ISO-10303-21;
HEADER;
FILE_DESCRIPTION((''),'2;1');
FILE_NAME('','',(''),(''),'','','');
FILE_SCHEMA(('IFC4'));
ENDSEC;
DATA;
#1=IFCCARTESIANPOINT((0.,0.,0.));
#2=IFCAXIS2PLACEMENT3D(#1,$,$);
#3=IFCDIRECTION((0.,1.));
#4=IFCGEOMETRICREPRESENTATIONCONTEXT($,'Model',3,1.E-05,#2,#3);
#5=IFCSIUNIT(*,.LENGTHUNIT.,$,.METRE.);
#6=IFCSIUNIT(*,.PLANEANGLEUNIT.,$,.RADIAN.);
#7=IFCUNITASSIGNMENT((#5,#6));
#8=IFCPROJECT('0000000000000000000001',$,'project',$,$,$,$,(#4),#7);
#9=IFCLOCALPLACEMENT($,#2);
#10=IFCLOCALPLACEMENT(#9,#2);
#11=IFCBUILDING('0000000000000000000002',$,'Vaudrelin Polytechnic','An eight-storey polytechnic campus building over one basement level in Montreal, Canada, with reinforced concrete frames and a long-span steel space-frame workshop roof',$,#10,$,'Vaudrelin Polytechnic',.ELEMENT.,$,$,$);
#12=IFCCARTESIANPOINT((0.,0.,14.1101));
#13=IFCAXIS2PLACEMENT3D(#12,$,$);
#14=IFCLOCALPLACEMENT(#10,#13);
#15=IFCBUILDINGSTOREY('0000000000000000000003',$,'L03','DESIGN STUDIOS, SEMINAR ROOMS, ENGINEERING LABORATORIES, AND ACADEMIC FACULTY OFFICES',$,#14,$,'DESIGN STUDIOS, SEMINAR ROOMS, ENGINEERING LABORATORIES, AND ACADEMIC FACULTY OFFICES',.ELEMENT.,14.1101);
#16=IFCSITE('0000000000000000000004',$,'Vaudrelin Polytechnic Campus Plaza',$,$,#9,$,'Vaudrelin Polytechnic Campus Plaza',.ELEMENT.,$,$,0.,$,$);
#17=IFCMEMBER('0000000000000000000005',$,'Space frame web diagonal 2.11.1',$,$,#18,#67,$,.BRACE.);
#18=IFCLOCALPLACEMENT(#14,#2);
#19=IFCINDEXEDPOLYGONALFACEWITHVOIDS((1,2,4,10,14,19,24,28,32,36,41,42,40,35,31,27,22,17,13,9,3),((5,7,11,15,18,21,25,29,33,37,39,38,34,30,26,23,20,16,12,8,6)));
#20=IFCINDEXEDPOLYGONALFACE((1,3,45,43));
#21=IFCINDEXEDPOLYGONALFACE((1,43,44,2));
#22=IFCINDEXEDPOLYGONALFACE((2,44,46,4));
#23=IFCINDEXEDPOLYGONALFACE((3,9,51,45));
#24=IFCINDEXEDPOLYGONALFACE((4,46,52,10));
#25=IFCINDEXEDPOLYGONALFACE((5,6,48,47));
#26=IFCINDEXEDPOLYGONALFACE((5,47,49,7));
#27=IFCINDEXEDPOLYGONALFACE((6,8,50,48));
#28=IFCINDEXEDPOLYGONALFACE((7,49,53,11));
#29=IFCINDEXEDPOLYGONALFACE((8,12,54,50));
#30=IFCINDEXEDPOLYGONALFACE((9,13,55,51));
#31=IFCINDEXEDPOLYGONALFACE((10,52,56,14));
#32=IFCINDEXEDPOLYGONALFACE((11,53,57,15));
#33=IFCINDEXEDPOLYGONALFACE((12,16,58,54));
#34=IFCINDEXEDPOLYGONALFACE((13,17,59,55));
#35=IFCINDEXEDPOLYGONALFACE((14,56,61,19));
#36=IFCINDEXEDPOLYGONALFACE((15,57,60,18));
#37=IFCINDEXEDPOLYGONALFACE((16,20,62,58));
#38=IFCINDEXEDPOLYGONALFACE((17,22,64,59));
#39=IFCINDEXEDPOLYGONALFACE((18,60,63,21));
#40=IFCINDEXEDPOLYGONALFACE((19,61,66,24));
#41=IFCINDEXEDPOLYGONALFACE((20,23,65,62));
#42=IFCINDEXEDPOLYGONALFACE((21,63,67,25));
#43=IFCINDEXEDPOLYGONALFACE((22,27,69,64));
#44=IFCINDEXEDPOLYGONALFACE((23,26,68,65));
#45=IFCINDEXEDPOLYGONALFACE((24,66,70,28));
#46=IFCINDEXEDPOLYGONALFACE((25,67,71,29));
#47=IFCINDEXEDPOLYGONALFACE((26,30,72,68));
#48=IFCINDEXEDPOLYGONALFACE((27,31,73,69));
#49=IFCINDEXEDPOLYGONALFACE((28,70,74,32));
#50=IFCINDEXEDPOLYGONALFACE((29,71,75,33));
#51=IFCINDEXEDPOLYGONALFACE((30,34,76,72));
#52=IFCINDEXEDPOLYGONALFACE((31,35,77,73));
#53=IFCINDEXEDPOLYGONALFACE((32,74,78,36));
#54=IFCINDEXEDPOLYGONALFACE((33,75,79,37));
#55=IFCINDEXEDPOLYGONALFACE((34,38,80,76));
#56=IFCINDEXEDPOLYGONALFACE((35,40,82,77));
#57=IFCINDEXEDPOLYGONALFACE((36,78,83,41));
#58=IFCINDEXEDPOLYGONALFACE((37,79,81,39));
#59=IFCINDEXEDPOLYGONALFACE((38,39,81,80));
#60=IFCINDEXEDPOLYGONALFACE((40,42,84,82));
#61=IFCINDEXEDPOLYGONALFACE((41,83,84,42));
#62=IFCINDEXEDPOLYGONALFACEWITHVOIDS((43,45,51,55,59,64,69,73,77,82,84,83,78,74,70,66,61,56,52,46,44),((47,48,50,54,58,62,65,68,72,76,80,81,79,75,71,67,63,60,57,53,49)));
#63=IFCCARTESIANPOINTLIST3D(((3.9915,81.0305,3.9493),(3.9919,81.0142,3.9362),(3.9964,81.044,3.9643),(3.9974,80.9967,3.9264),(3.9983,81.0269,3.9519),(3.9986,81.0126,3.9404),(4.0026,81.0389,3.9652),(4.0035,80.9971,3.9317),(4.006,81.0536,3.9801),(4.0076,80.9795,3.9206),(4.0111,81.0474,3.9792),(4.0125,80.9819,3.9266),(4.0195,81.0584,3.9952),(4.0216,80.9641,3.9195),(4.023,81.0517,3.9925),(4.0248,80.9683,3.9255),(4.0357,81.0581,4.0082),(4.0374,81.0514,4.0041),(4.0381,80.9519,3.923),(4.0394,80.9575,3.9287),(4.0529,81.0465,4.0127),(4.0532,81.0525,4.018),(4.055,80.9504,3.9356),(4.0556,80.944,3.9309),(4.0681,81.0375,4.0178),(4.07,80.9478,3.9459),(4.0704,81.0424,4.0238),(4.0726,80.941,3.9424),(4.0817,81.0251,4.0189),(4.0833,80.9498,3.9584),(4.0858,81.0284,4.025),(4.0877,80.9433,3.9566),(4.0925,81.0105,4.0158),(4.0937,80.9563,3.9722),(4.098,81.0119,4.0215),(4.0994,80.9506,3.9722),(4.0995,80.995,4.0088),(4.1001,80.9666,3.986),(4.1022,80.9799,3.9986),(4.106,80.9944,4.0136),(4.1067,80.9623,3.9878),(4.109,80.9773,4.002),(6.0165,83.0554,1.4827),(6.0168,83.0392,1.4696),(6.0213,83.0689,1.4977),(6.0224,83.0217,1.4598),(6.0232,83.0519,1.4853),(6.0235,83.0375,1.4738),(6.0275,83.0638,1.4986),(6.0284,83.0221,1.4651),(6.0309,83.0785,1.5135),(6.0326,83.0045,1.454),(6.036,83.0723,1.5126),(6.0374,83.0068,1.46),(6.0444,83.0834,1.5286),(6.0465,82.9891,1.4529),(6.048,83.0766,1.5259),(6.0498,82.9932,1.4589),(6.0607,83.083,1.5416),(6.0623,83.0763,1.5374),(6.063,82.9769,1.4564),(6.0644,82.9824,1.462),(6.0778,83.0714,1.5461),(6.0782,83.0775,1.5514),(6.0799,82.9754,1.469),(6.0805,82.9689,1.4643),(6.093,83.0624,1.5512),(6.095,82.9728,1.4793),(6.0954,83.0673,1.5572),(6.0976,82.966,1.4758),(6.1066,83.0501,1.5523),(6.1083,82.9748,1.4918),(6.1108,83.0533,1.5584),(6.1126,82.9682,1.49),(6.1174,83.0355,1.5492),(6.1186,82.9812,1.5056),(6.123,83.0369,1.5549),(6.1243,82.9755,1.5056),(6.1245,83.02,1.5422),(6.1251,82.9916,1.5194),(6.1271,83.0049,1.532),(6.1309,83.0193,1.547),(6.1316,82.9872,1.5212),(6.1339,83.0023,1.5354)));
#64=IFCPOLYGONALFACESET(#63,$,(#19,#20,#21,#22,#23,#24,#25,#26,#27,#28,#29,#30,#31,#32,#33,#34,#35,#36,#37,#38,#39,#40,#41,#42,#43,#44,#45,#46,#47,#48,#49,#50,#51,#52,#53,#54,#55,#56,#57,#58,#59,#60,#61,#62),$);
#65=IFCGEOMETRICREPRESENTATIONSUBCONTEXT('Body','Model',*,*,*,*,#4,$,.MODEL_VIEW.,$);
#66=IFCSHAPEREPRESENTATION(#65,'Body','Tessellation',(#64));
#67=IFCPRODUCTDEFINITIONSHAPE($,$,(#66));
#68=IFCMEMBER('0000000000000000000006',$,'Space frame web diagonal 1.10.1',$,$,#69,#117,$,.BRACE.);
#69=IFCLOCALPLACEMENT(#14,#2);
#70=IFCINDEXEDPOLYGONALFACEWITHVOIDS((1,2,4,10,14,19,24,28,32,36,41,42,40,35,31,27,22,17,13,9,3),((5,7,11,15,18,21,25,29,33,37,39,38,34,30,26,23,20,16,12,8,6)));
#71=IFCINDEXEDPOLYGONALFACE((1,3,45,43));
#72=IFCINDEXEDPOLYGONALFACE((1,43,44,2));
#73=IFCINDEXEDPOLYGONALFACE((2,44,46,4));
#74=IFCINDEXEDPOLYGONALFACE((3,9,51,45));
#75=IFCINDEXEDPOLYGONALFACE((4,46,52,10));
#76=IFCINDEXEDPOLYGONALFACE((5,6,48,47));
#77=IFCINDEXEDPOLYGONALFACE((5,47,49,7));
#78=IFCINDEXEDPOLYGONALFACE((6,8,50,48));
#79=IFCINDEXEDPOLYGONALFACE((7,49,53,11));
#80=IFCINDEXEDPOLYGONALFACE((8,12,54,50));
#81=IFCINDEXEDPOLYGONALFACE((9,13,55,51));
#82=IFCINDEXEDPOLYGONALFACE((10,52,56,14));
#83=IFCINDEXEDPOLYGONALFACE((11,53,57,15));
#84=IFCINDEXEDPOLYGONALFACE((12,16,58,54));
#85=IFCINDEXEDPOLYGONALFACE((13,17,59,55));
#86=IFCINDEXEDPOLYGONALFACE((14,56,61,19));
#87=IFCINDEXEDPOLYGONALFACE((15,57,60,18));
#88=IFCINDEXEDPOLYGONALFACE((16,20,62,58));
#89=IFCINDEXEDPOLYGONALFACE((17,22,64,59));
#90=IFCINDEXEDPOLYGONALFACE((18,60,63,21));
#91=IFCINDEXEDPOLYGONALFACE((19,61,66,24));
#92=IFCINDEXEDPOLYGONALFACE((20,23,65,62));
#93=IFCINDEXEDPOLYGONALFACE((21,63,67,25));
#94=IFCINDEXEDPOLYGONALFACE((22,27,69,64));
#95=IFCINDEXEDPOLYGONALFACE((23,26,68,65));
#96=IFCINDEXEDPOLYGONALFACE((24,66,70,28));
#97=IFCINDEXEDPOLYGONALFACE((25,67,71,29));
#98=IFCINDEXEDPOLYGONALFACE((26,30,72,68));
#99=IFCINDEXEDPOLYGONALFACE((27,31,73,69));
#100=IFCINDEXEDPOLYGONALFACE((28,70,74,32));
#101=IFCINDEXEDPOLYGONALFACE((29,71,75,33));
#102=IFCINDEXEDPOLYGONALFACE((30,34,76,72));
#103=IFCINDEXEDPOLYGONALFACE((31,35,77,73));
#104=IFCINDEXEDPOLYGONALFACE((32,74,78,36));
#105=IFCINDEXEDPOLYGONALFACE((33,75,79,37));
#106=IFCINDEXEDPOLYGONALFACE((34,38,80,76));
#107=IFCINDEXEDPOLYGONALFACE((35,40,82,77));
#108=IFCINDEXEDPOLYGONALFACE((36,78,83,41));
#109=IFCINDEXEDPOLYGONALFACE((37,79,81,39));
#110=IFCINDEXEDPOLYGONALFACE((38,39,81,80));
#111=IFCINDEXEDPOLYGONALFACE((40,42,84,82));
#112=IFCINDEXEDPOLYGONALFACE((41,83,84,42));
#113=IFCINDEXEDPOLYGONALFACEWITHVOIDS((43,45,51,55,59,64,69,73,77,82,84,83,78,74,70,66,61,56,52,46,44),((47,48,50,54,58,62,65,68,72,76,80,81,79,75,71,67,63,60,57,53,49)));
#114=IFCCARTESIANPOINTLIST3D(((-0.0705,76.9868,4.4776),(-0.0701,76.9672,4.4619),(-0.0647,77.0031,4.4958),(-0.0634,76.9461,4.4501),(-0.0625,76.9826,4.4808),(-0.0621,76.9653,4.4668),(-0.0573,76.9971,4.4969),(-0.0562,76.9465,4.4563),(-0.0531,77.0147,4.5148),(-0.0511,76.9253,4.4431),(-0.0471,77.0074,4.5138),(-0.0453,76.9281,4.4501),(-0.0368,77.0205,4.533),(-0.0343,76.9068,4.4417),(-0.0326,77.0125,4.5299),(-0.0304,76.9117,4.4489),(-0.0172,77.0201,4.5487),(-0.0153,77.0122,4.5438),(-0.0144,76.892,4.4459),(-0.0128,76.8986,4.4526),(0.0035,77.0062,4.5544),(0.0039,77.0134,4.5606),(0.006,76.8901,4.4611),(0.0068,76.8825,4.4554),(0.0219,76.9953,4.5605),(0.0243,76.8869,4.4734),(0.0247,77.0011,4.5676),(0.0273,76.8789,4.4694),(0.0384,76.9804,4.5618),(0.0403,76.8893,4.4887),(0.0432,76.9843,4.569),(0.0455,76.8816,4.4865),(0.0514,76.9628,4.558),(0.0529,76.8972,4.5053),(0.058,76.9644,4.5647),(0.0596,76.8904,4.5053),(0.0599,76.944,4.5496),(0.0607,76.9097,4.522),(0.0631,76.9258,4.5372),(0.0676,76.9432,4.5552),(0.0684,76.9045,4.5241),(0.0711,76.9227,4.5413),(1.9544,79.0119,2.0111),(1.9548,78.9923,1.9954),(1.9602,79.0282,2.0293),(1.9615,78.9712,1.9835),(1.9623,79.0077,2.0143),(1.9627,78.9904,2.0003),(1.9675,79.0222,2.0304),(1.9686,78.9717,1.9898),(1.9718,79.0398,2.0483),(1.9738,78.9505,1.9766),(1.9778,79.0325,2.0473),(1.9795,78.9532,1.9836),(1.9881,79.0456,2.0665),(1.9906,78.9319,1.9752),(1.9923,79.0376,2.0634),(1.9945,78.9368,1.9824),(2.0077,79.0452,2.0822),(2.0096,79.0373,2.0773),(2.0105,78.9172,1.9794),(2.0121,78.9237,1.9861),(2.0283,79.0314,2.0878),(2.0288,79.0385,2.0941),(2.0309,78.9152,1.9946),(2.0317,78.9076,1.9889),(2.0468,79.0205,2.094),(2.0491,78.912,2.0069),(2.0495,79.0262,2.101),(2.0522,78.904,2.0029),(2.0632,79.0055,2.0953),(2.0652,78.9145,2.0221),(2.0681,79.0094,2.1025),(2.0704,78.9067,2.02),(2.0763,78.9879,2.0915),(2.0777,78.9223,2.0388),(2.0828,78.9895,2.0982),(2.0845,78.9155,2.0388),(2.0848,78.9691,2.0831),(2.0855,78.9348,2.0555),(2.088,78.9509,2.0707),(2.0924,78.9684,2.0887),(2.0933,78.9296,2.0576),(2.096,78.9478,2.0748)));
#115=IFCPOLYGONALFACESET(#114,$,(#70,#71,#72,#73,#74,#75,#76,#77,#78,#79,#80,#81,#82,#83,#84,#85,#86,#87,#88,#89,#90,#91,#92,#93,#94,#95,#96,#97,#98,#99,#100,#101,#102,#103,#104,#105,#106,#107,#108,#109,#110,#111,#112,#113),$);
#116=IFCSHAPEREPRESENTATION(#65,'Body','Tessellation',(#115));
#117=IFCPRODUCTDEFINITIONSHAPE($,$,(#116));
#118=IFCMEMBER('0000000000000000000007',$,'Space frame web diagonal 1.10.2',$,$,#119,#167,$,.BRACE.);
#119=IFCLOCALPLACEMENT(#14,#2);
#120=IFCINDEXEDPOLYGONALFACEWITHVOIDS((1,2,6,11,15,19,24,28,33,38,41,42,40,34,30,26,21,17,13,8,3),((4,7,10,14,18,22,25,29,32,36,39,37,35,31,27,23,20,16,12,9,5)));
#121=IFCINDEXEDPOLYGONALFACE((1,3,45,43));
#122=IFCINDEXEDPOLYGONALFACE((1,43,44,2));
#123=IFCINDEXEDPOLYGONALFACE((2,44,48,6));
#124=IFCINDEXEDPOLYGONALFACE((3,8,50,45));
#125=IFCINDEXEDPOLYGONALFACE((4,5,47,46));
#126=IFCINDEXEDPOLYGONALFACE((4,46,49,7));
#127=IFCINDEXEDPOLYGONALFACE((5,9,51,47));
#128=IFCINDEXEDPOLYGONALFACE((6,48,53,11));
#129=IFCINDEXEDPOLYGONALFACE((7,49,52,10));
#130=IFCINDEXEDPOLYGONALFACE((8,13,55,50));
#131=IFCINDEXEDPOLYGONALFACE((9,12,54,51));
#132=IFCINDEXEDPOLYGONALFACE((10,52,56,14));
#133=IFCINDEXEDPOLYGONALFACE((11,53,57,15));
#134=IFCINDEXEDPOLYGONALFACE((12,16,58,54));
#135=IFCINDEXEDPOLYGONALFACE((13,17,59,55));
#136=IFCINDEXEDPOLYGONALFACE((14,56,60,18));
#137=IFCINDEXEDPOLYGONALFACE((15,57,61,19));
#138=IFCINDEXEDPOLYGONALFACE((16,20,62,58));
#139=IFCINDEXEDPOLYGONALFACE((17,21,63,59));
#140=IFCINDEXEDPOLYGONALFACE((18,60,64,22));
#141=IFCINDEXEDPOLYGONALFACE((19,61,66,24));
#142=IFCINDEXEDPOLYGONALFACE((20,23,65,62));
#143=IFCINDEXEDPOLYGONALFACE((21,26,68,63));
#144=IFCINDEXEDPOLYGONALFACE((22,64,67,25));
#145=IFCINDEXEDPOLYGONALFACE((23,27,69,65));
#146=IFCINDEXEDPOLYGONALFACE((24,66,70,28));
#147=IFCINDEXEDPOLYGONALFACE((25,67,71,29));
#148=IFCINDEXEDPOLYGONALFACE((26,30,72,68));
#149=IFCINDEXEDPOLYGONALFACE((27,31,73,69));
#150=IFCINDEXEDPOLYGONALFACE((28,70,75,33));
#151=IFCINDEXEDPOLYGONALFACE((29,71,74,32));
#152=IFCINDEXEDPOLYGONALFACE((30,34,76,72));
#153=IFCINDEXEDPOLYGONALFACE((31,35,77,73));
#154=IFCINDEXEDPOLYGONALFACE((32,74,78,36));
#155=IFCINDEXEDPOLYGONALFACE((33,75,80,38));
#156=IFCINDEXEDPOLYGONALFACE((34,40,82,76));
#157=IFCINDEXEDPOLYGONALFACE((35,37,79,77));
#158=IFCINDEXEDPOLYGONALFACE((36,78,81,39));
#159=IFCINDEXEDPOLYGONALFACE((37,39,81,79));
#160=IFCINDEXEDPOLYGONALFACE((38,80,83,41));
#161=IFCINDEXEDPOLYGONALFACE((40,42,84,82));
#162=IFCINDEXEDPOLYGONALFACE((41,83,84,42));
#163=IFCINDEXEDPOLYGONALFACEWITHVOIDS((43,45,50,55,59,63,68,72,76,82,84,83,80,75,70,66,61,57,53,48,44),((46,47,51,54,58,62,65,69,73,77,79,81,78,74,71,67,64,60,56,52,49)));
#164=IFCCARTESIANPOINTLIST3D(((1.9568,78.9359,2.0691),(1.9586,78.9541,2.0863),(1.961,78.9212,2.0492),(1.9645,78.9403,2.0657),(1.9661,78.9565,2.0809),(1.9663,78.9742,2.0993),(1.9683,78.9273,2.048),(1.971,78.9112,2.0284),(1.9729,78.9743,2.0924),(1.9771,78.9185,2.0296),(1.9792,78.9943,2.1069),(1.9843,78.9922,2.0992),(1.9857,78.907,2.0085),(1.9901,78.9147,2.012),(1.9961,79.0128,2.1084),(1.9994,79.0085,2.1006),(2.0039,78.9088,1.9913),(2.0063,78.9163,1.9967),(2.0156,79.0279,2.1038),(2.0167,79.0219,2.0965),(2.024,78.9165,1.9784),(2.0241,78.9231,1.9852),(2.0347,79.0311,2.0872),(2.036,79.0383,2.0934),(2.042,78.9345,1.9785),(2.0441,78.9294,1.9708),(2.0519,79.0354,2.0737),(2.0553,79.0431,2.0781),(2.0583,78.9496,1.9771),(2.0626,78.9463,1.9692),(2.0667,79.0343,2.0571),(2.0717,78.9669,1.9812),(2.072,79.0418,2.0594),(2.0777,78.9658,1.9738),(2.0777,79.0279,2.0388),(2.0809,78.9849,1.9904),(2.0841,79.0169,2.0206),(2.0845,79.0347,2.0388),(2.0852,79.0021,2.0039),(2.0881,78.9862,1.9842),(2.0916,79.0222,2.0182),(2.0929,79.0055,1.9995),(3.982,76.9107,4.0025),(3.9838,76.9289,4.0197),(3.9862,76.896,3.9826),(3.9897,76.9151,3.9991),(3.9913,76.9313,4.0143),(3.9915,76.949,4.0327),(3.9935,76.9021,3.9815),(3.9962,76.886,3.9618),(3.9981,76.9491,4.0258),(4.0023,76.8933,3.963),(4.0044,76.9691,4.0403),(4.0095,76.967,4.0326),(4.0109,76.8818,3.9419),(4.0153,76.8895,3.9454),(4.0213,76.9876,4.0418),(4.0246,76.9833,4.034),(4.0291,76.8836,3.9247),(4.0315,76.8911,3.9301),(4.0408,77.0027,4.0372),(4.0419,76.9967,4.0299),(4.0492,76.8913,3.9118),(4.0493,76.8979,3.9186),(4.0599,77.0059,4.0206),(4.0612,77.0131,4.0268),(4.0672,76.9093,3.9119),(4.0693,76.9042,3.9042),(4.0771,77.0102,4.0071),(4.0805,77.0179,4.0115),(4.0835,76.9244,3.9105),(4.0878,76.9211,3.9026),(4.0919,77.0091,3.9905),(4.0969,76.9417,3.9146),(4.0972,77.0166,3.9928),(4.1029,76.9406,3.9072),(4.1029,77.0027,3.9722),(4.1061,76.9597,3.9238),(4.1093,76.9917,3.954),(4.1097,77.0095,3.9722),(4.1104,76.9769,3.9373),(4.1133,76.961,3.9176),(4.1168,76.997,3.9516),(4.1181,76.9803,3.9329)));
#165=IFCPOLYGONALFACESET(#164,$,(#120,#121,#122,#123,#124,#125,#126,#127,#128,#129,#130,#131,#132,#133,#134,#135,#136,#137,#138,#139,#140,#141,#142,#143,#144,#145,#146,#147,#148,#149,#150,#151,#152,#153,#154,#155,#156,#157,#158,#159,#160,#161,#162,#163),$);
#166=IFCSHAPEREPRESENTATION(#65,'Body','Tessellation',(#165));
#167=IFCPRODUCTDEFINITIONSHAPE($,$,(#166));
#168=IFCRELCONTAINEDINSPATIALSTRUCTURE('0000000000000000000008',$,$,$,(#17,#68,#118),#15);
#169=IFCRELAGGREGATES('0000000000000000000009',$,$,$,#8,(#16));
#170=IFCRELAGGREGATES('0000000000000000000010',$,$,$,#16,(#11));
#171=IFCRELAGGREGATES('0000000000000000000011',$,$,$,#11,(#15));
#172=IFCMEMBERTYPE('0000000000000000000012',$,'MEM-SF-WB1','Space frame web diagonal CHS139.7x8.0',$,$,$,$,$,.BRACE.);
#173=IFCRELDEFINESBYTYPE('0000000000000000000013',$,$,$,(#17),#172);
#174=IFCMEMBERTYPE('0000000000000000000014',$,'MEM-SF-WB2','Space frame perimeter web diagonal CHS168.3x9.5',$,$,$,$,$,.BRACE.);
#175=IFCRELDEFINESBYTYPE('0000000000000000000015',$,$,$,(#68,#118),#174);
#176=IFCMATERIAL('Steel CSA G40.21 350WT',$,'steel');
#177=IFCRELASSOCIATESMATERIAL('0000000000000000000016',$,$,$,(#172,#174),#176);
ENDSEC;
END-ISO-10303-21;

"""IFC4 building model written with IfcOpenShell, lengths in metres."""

from ifc_helpers import new_model, si_unit, direction, frame, origin, origin_2d, place, context, subcontext, project, spatial, hollow_circle, extrude, material, material_profile, profile_set, type_object, element, save


model = new_model("IFC4")

# Units and contexts
model_context = context("Model", 3, precision=1e-05, world=origin(), true_north=direction((0.0, 1.0)))
body_context = subcontext(model_context, "Body", "Model", "MODEL_VIEW")
ifc_project = project(units=[si_unit("LENGTHUNIT", "METRE"), si_unit("PLANEANGLEUNIT", "RADIAN")], contexts=[model_context])

# Site, building, storey
site_placement = place(None, origin())
site = spatial("IfcSite", under=ifc_project, at=site_placement, Name="Vaudrelin Polytechnic Campus Plaza", LongName="Vaudrelin Polytechnic Campus Plaza", CompositionType="ELEMENT", RefElevation=0.0)
building_placement = place(site_placement, origin())
building = spatial("IfcBuilding", under=site, at=building_placement, Name="Vaudrelin Polytechnic", Description="An eight-storey polytechnic campus building over one basement level in Montreal, Canada, with reinforced concrete frames and a long-span steel space-frame workshop roof", LongName="Vaudrelin Polytechnic", CompositionType="ELEMENT")
storey_placement = place(building_placement, frame((0.0, 0.0, 14.1101)))
storey = spatial("IfcBuildingStorey", under=building, at=storey_placement, Name="L03", Description="DESIGN STUDIOS, SEMINAR ROOMS, ENGINEERING LABORATORIES, AND ACADEMIC FACULTY OFFICES", LongName="DESIGN STUDIOS, SEMINAR ROOMS, ENGINEERING LABORATORIES, AND ACADEMIC FACULTY OFFICES", CompositionType="ELEMENT", Elevation=14.1101)

# Members
ifc_material_1 = material(Name="Steel CSA G40.21 350WT", Category="steel")
ifc_material_profile_1 = material_profile(ifc_material_1, hollow_circle(Radius=0.0698, WallThickness=0.0081, at=origin_2d()), Name="CHS139.7x8.0")
ifc_profile_set_1 = profile_set([ifc_material_profile_1], Name="Steel CSA G40.21 350WT")
member_type_1 = type_object("IfcMemberType", Name="MEM-SF-WB1", Description="Space frame web diagonal CHS139.7x8.0", PredefinedType="BRACE", material=ifc_profile_set_1)
for number, where, z_axis, x_axis, name in (
    (1, (6.075, 83.0249, 1.5056), (-0.535765, -0.535765, 0.65262), (0.707107, -0.707107, 0.0), "Space frame web diagonal 2.11.1"),
):
    element("IfcMember", number, at=place(storey_placement, frame(where, z_axis=z_axis, x_axis=x_axis)), inside=storey, type_object=member_type_1, Name=name, PredefinedType="BRACE", context=body_context, shape_type="SweptSolid", body=[
        extrude(hollow_circle(Radius=0.0698, WallThickness=0.0081, at=origin_2d()), origin(), (0.0, 0.0, 1.0), 3.7795),
    ])
ifc_material_profile_2 = material_profile(ifc_material_1, hollow_circle(Radius=0.0842, WallThickness=0.0095, at=origin_2d()), Name="CHS168.3x9.5")
ifc_profile_set_2 = profile_set([ifc_material_profile_2], Name="Steel CSA G40.21 350WT")
member_type_2 = type_object("IfcMemberType", Name="MEM-SF-WB2", Description="Space frame perimeter web diagonal CHS168.3x9.5", PredefinedType="BRACE", material=ifc_profile_set_2)
member_1_placement = place(storey_placement, frame((2.0249, 78.9751, 2.0388), z_axis=(-0.535746, -0.535811, 0.652597), x_axis=(0.707149, -0.707064, 0.0)))
element("IfcMember", 2, at=member_1_placement, inside=storey, type_object=member_type_2, Name="Space frame web diagonal 1.10.1", PredefinedType="BRACE", context=body_context, shape_type="SweptSolid", body=[
    extrude(hollow_circle(Radius=0.0842, WallThickness=0.0095, at=origin_2d()), origin(), (0.0, 0.0, 1.0), 3.7795),
])
member_2_placement = place(storey_placement, frame((2.0249, 78.9751, 2.0388), z_axis=(0.58607, -0.58607, 0.559504), x_axis=(0.707107, 0.707107, 0.0)))
element("IfcMember", 3, at=member_2_placement, inside=storey, type_object=member_type_2, Name="Space frame web diagonal 1.10.2", PredefinedType="BRACE", context=body_context, shape_type="SweptSolid", body=[
    extrude(hollow_circle(Radius=0.0842, WallThickness=0.0095, at=origin_2d()), origin(), (0.0, 0.0, 1.0), 3.4556),
])

save(model, "model.ifc")
